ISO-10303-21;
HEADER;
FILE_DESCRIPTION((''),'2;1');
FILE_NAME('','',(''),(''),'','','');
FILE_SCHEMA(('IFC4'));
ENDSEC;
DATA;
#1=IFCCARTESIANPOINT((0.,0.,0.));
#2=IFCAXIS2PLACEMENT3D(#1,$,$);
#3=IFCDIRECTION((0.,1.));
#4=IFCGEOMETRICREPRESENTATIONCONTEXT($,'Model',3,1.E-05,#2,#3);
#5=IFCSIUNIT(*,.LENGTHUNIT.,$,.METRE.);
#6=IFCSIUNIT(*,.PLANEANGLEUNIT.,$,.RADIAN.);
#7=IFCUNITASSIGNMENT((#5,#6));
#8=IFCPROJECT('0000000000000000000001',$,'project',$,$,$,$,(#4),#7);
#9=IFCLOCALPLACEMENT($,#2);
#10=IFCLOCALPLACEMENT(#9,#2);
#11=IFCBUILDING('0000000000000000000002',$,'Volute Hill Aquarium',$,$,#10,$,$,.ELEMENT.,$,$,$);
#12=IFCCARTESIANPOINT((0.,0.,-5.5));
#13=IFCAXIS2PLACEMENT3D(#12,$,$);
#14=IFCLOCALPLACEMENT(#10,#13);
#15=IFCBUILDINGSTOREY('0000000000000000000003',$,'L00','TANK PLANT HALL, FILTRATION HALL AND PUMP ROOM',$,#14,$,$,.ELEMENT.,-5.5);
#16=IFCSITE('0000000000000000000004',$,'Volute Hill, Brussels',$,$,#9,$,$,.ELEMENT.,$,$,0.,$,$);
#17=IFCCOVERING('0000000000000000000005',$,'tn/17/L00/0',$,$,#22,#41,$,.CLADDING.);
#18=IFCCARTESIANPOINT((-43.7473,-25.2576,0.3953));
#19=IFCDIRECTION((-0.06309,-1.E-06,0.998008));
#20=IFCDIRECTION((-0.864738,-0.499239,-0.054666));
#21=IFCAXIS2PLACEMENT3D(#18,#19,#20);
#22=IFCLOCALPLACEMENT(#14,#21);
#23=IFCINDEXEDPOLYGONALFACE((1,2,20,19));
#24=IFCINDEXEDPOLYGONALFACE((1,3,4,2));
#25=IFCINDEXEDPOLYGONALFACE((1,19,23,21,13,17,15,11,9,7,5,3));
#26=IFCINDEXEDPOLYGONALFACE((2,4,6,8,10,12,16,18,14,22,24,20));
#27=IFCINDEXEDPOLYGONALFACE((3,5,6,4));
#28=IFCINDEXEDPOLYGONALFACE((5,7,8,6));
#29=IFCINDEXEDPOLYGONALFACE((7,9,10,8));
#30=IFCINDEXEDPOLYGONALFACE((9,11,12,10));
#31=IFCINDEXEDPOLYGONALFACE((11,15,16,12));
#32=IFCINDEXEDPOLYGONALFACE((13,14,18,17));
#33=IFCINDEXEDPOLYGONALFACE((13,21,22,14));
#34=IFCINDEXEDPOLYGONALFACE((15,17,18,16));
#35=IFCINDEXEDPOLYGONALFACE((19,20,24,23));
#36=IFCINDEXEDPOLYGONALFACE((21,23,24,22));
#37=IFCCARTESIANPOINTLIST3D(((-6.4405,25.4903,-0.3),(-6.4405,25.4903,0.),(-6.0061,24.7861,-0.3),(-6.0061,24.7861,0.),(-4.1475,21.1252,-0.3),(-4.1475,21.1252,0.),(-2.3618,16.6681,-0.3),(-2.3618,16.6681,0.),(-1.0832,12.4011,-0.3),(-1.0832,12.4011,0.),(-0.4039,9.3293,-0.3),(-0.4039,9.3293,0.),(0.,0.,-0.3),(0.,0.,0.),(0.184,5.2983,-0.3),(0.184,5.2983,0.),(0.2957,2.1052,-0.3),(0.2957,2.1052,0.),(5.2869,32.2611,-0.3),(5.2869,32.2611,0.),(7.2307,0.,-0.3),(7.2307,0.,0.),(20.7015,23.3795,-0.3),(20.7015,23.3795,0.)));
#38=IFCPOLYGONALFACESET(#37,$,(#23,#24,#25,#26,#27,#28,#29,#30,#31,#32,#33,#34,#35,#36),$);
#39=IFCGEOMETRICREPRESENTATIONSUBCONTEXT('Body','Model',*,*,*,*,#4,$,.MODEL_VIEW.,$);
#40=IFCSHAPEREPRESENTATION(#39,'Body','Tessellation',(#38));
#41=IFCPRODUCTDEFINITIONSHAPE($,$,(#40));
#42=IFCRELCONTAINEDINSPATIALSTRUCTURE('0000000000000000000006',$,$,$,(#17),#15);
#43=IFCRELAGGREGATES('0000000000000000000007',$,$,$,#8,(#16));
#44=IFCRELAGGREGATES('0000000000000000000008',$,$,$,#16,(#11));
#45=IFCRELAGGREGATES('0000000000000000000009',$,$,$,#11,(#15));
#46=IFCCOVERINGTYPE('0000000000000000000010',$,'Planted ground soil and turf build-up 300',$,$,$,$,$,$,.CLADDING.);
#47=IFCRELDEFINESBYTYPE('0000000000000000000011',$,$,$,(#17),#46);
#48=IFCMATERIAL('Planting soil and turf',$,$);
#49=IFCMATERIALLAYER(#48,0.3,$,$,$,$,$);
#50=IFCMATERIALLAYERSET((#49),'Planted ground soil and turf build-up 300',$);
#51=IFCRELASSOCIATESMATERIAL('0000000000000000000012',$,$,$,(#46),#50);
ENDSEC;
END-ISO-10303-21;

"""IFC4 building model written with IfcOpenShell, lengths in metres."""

from ifc_helpers import new_model, si_unit, direction, frame, origin, place, context, subcontext, project, spatial, polyline, outline, extrude, material, layer, layer_set, type_object, element, save


model = new_model("IFC4")

# Units and contexts
model_context = context("Model", 3, precision=1e-05, world=origin(), true_north=direction((0.0, 1.0)))
body_context = subcontext(model_context, "Body", "Model", "MODEL_VIEW")
ifc_project = project(units=[si_unit("LENGTHUNIT", "METRE"), si_unit("PLANEANGLEUNIT", "RADIAN")], contexts=[model_context])

# Site, building, storey
site_placement = place(None, origin())
site = spatial("IfcSite", under=ifc_project, at=site_placement, Name="Volute Hill, Brussels", CompositionType="ELEMENT", RefElevation=0.0)
building_placement = place(site_placement, origin())
building = spatial("IfcBuilding", under=site, at=building_placement, Name="Volute Hill Aquarium", CompositionType="ELEMENT")
storey_placement = place(building_placement, frame((0.0, 0.0, -5.5)))
storey = spatial("IfcBuildingStorey", under=building, at=storey_placement, Name="L00", Description="TANK PLANT HALL, FILTRATION HALL AND PUMP ROOM", CompositionType="ELEMENT", Elevation=-5.5)

# Covering
ifc_material_1 = material(Name="Planting soil and turf")
ifc_layer_1 = layer(ifc_material_1, 0.3)
ifc_layer_set_1 = layer_set([ifc_layer_1], Name="Planted ground soil and turf build-up 300")
covering_type_1 = type_object("IfcCoveringType", Name="Planted ground soil and turf build-up 300", PredefinedType="CLADDING", material=ifc_layer_set_1)
covering_1_placement = place(storey_placement, frame((-43.7473, -25.2576, 0.3953), z_axis=(-0.06309, -0.000001, 0.998008), x_axis=(-0.864738, -0.499239, -0.054666)))
element("IfcCovering", 1, at=covering_1_placement, inside=storey, type_object=covering_type_1, Name="tn/17/L00/0", PredefinedType="CLADDING", context=body_context, shape_type="SweptSolid", body=[
    extrude(outline(polyline([(0.0, 0.0), (7.2307, 0.0), (20.7015, 23.3795), (5.2869, 32.2611), (-6.4405, 25.4903), (-6.0061, 24.7861), (-4.1475, 21.1252), (-2.3618, 16.6681), (-1.0832, 12.4011), (-0.4039, 9.3293), (0.184, 5.2983), (0.2957, 2.1052), (0.0, 0.0)])), origin(), (0.0, 0.0, -1.0), 0.3),
])

save(model, "model.ifc")
